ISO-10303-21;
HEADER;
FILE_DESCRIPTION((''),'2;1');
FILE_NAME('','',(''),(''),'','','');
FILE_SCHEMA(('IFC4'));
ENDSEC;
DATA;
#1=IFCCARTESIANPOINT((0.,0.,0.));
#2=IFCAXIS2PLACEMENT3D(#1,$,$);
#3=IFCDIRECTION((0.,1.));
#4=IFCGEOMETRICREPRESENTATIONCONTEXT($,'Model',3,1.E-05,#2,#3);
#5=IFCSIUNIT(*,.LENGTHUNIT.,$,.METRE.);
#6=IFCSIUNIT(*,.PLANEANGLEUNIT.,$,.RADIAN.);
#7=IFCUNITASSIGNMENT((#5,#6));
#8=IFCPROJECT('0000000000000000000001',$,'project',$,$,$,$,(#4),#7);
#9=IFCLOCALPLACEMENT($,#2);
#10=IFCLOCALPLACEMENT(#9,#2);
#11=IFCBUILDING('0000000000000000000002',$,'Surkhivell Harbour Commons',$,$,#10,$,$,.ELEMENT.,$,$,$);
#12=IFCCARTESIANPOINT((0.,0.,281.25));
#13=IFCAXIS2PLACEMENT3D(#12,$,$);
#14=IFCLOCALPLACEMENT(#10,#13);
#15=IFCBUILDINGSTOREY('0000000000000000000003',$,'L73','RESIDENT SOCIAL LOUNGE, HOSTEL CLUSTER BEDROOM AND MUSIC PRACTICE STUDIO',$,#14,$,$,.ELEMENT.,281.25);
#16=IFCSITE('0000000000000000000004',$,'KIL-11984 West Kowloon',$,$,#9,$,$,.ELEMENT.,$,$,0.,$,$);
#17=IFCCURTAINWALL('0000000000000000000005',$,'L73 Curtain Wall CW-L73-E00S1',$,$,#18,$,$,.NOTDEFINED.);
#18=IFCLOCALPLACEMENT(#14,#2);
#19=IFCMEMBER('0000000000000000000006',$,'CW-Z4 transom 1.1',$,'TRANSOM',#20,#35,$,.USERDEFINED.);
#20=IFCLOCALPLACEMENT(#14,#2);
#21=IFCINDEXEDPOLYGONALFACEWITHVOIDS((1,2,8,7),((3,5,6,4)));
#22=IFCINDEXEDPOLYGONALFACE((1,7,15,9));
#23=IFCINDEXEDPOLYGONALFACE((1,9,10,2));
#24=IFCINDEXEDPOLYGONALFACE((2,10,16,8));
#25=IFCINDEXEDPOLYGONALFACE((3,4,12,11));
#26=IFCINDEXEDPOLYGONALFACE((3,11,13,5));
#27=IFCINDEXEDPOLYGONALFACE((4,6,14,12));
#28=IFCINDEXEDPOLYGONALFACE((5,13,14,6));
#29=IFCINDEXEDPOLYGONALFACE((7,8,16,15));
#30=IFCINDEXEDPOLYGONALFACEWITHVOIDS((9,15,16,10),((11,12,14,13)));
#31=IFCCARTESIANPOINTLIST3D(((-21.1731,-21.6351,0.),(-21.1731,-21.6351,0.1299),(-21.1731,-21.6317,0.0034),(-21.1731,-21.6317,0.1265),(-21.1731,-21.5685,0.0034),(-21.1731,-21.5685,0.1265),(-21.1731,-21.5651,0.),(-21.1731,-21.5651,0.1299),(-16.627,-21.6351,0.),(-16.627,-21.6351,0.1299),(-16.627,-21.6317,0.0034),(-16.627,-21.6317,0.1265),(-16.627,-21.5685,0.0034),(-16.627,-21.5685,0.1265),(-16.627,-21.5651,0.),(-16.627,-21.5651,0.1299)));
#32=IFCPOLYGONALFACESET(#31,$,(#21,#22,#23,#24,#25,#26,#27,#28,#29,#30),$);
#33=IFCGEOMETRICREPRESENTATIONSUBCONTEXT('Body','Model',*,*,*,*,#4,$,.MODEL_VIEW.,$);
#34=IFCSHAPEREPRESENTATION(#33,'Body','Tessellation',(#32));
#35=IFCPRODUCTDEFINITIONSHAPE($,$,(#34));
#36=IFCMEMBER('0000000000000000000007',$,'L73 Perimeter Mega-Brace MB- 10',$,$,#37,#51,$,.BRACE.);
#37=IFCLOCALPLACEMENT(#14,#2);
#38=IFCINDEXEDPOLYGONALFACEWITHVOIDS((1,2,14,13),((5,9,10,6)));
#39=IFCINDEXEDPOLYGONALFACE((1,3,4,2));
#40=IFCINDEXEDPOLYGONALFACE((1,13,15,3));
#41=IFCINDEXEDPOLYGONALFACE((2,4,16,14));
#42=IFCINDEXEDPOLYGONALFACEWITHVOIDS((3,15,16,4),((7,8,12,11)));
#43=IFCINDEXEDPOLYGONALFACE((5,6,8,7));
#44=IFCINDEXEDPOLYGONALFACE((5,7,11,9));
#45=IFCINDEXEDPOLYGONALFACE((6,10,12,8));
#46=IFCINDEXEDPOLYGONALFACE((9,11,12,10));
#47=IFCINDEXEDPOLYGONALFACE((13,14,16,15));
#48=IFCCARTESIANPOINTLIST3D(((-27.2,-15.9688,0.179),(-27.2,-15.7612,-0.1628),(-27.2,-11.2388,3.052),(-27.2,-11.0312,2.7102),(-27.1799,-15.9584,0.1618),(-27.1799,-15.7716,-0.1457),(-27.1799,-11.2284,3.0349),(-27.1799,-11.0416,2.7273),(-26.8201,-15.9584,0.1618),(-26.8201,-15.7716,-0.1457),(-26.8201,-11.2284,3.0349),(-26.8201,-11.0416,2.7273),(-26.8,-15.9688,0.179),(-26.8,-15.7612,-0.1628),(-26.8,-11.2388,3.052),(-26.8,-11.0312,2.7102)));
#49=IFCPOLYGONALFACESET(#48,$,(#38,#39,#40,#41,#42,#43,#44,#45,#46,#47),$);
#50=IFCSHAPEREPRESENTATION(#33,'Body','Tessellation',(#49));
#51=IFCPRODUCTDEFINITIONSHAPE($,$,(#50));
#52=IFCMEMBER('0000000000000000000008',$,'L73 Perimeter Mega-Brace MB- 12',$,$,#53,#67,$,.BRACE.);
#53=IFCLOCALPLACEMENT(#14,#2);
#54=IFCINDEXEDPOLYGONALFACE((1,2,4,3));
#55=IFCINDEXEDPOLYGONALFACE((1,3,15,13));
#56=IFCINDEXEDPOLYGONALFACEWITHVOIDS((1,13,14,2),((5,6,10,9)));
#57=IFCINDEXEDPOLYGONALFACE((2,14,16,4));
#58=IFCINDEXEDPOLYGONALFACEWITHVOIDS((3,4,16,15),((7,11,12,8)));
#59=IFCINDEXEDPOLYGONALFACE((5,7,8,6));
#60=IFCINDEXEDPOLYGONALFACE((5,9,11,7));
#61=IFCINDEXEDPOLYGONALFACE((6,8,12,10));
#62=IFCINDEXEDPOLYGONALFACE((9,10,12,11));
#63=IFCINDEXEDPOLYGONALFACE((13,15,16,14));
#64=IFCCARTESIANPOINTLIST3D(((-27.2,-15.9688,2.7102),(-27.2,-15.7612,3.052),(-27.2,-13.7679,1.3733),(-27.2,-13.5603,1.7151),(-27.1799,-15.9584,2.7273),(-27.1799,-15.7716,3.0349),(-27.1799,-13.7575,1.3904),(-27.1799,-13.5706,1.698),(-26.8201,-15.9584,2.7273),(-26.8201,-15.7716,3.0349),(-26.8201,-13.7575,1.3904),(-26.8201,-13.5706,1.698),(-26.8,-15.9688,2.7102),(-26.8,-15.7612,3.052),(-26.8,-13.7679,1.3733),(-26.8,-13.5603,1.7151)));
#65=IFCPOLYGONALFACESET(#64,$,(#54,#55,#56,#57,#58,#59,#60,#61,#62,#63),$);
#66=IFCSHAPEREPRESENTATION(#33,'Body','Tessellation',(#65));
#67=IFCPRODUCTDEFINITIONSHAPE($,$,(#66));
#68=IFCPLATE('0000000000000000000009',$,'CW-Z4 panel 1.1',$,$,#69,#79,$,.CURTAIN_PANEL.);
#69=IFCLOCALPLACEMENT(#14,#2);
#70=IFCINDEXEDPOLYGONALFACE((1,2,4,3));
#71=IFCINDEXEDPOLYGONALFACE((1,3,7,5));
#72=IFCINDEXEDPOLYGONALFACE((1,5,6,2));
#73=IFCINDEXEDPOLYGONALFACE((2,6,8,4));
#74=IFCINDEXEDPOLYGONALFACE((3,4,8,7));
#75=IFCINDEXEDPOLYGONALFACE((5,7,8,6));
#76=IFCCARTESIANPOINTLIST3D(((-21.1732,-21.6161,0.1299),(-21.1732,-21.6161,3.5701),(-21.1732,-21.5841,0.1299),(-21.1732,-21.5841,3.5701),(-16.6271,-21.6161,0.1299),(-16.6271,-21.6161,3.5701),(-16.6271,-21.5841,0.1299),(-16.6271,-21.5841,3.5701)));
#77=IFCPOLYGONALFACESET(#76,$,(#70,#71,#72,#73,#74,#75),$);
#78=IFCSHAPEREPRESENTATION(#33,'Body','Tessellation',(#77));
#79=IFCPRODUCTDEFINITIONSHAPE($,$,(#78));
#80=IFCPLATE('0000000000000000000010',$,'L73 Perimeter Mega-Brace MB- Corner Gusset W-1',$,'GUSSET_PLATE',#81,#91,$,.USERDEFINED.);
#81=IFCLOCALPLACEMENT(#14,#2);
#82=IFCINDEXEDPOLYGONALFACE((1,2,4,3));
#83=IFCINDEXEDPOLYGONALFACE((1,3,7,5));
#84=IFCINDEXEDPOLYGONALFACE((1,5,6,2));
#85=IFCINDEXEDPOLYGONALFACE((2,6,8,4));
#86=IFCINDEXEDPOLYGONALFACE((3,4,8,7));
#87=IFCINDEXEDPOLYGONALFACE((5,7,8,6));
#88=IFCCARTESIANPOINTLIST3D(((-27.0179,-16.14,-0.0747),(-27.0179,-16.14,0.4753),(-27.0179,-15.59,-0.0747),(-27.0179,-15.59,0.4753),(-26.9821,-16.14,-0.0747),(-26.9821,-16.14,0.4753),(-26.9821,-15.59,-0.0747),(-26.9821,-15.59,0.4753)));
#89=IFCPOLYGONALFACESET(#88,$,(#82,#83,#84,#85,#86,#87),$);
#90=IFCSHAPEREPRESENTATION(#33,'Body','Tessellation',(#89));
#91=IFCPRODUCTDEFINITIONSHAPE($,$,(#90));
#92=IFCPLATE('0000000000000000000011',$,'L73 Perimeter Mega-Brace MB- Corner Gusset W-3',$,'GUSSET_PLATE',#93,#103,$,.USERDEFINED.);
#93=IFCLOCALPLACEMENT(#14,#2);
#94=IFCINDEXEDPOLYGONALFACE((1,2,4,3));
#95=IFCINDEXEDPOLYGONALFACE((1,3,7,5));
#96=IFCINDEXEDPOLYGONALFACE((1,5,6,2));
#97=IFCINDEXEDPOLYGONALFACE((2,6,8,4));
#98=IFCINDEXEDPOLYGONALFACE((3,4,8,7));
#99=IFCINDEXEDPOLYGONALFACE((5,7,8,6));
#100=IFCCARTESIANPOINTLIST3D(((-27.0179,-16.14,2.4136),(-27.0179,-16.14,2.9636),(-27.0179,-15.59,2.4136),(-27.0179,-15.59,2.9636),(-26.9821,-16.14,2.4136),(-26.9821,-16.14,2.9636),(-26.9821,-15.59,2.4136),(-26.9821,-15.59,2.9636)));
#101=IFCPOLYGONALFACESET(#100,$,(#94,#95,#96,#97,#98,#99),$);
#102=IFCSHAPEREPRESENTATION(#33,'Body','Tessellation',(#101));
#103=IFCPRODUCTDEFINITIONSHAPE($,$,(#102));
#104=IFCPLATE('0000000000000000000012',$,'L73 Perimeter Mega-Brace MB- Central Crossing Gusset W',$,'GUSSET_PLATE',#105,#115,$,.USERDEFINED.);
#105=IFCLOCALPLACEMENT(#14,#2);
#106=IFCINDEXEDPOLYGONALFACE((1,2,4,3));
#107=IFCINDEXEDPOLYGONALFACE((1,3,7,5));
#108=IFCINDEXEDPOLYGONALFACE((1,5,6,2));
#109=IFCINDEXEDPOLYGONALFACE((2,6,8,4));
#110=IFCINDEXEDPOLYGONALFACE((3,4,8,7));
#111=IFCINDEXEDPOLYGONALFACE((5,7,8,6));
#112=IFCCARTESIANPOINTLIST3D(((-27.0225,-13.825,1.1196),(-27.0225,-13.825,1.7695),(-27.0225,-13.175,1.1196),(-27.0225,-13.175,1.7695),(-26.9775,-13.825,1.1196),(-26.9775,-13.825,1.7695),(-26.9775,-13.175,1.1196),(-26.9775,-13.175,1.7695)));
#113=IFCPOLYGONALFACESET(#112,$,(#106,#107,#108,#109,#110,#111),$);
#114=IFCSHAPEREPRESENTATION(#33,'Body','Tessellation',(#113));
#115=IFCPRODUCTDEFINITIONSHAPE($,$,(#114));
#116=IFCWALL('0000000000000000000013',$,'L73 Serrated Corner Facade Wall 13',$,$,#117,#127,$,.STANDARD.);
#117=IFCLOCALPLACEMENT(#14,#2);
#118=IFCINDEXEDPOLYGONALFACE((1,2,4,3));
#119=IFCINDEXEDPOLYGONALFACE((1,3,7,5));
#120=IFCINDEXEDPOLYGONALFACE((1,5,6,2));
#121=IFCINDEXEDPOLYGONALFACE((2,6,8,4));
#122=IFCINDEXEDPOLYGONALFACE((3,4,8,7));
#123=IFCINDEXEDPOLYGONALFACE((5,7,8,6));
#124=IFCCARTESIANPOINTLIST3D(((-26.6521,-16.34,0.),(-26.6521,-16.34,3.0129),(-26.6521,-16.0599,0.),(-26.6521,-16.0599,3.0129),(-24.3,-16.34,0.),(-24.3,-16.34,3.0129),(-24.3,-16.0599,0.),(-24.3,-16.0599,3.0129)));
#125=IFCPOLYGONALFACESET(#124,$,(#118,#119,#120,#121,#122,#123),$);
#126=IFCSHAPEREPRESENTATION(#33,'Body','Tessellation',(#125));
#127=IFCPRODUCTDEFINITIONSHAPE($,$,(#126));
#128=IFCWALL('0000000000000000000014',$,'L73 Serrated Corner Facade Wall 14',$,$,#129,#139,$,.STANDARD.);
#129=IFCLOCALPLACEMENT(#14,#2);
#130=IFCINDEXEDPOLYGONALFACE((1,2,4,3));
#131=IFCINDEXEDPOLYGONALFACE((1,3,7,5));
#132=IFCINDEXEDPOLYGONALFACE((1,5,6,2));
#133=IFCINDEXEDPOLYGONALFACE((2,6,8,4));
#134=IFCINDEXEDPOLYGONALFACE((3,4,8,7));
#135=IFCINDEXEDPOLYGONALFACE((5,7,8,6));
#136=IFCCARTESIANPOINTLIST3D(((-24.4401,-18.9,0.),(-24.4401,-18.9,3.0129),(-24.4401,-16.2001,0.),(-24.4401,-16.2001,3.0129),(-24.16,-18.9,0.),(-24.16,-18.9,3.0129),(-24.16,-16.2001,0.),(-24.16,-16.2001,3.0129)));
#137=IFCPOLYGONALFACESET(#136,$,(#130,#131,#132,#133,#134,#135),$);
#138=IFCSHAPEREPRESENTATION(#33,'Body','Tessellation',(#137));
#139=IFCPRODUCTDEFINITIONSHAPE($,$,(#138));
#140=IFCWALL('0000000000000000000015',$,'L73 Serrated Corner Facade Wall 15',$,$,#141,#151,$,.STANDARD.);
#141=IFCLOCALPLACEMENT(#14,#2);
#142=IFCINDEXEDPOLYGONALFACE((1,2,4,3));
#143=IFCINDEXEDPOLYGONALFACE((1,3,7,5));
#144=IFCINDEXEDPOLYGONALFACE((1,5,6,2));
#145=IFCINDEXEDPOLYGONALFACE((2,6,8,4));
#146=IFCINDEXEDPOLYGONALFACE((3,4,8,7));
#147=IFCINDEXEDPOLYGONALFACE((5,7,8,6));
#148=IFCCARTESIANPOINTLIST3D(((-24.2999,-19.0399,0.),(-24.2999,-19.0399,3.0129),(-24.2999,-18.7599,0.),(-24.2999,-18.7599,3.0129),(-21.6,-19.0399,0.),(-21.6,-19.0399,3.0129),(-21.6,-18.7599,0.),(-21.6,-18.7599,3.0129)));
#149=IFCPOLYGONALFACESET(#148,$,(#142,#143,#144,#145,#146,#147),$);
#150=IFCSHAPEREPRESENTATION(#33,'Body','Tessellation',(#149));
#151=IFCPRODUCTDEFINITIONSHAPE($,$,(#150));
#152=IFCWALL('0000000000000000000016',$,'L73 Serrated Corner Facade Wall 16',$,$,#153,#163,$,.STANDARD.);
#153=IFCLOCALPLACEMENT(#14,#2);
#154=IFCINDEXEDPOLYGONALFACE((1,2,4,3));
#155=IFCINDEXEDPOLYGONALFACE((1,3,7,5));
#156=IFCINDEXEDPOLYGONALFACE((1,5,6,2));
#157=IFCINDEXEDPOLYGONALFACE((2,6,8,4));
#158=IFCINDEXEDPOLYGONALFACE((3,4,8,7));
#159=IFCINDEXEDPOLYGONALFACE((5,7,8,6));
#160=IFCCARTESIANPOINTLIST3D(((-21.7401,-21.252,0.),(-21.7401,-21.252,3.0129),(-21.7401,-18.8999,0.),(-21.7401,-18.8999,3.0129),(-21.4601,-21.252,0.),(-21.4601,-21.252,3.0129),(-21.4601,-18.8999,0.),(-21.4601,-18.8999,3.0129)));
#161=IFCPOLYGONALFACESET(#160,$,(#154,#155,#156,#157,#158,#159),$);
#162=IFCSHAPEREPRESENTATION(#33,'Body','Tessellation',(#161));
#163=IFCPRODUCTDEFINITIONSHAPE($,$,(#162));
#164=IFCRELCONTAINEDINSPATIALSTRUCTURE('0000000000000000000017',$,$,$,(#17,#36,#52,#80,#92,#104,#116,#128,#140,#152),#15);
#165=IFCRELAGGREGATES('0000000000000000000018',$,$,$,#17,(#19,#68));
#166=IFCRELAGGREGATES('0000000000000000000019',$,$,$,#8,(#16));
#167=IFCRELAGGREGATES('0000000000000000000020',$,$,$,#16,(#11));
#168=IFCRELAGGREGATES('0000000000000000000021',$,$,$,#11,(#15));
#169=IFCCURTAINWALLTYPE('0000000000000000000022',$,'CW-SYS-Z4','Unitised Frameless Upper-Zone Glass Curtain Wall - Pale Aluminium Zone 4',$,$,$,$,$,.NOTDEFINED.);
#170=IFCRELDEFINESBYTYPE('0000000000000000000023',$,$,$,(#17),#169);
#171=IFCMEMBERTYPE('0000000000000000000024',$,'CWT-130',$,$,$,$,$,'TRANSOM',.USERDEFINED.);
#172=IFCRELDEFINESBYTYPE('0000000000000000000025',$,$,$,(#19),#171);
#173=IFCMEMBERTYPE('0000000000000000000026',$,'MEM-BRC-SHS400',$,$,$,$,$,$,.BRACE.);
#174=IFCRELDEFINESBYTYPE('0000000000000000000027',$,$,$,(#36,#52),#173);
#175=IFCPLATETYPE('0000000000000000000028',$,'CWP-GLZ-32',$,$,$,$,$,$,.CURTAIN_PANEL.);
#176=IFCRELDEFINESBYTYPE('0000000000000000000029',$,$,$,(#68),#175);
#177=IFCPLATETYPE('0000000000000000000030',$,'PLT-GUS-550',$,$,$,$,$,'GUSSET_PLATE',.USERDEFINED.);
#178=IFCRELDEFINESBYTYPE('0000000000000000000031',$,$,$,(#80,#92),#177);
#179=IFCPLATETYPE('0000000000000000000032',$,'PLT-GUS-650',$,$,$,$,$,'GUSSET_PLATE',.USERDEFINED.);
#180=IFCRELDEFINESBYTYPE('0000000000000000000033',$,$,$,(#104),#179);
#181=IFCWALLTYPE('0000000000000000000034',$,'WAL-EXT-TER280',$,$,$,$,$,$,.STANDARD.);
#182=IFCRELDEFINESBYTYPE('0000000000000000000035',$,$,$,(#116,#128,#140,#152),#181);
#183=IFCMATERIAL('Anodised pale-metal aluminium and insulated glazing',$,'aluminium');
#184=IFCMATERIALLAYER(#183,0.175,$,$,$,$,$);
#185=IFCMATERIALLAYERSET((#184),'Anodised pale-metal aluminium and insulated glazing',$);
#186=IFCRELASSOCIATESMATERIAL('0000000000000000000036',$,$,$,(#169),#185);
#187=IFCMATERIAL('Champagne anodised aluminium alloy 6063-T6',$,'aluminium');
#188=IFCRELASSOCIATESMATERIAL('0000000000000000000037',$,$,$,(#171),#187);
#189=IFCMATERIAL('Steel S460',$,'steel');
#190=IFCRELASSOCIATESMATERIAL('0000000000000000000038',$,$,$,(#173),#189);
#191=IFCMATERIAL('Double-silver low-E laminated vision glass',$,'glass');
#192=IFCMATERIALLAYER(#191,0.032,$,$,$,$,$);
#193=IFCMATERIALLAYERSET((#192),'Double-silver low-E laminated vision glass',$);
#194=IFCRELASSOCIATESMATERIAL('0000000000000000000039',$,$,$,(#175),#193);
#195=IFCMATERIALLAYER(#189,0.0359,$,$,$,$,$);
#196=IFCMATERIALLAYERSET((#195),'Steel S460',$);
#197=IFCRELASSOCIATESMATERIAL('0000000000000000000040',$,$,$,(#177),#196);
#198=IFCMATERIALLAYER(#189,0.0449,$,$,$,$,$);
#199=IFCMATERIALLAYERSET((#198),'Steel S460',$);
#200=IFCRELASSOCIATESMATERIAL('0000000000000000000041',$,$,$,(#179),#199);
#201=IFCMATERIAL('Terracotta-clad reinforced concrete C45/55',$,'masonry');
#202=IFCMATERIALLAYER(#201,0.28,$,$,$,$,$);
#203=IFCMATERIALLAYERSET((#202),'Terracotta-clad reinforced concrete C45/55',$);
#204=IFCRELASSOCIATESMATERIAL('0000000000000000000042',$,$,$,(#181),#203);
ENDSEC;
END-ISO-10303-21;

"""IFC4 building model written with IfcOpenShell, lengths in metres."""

from ifc_helpers import new_model, si_unit, direction, frame, frame_2d, origin, origin_2d, place, context, subcontext, project, spatial, rectangle, hollow_rectangle, extrude, material, layer, layer_set, material_profile, profile_set, type_object, element, aggregate, save


model = new_model("IFC4")

# Units and contexts
model_context = context("Model", 3, precision=1e-05, world=origin(), true_north=direction((0.0, 1.0)))
body_context = subcontext(model_context, "Body", "Model", "MODEL_VIEW")
ifc_project = project(units=[si_unit("LENGTHUNIT", "METRE"), si_unit("PLANEANGLEUNIT", "RADIAN")], contexts=[model_context])

# Site, building, storey
site_placement = place(None, origin())
site = spatial("IfcSite", under=ifc_project, at=site_placement, Name="KIL-11984 West Kowloon", CompositionType="ELEMENT", RefElevation=0.0)
building_placement = place(site_placement, origin())
building = spatial("IfcBuilding", under=site, at=building_placement, Name="Surkhivell Harbour Commons", CompositionType="ELEMENT")
storey_placement = place(building_placement, frame((0.0, 0.0, 281.25)))
storey = spatial("IfcBuildingStorey", under=building, at=storey_placement, Name="L73", Description="RESIDENT SOCIAL LOUNGE, HOSTEL CLUSTER BEDROOM AND MUSIC PRACTICE STUDIO", CompositionType="ELEMENT", Elevation=281.25)

# Curtain wall, member
ifc_material_1 = material(Name="Anodised pale-metal aluminium and insulated glazing", Category="aluminium")
ifc_layer_1 = layer(ifc_material_1, 0.175)
ifc_layer_set_1 = layer_set([ifc_layer_1], Name="Anodised pale-metal aluminium and insulated glazing")
curtain_wall_type = type_object("IfcCurtainWallType", Name="CW-SYS-Z4", Description="Unitised Frameless Upper-Zone Glass Curtain Wall - Pale Aluminium Zone 4", PredefinedType="NOTDEFINED", material=ifc_layer_set_1)
curtain_wall_placement = place(storey_placement, origin())
curtain_wall = element("IfcCurtainWall", 1, at=curtain_wall_placement, inside=storey, type_object=curtain_wall_type, Name="L73 Curtain Wall CW-L73-E00S1", PredefinedType="NOTDEFINED")
ifc_material_2 = material(Name="Champagne anodised aluminium alloy 6063-T6", Category="aluminium")
ifc_material_profile_1 = material_profile(ifc_material_2, hollow_rectangle(XDim=0.0701, YDim=0.1299, WallThickness=0.0034, at=origin_2d()), Name="ALU-TRAN-70x130")
ifc_profile_set_1 = profile_set([ifc_material_profile_1], Name="Champagne anodised aluminium alloy 6063-T6")
member_type_1 = type_object("IfcMemberType", Name="CWT-130", ElementType="TRANSOM", PredefinedType="USERDEFINED", material=ifc_profile_set_1)
member_1_placement = place(storey_placement, frame((-21.1731, -21.6001, 0.0649), z_axis=(1.0, 0.0, 0.0), x_axis=(0.0, 1.0, 0.0)))
member_1 = element("IfcMember", 2, at=member_1_placement, type_object=member_type_1, Name="CW-Z4 transom 1.1", ObjectType="TRANSOM", PredefinedType="USERDEFINED", context=body_context, shape_type="SweptSolid", body=[
    extrude(hollow_rectangle(XDim=0.0701, YDim=0.1299, WallThickness=0.0034, at=origin_2d()), origin(), (0.0, 0.0, 1.0), 4.5461),
])

# Members
ifc_material_3 = material(Name="Steel S460", Category="steel")
ifc_material_profile_2 = material_profile(ifc_material_3, hollow_rectangle(XDim=0.3999, YDim=0.3999, WallThickness=0.02, at=origin_2d()), Name="SHS400x400x20")
ifc_profile_set_2 = profile_set([ifc_material_profile_2], Name="Steel S460")
member_type_2 = type_object("IfcMemberType", Name="MEM-BRC-SHS400", PredefinedType="BRACE", material=ifc_profile_set_2)
member_2_placement = place(storey_placement, frame((-27.0, -15.865, 0.0081), z_axis=(0.0, 0.854685, 0.519146), x_axis=(-1.0, 0.0, 0.0)))
element("IfcMember", 3, at=member_2_placement, inside=storey, type_object=member_type_2, Name="L73 Perimeter Mega-Brace MB- 10", PredefinedType="BRACE", context=body_context, shape_type="SweptSolid", body=[
    extrude(hollow_rectangle(XDim=0.3999, YDim=0.3999, WallThickness=0.02, at=origin_2d()), origin(), (0.0, 0.0, 1.0), 5.5342),
])
member_3_placement = place(storey_placement, frame((-27.0, -13.6641, 1.5442), z_axis=(0.0, -0.854678, 0.519159), x_axis=(1.0, 0.0, 0.0)))
element("IfcMember", 4, at=member_3_placement, inside=storey, type_object=member_type_2, Name="L73 Perimeter Mega-Brace MB- 12", PredefinedType="BRACE", context=body_context, shape_type="SweptSolid", body=[
    extrude(hollow_rectangle(XDim=0.3999, YDim=0.3999, WallThickness=0.02, at=origin_2d()), origin(), (0.0, 0.0, 1.0), 2.5752),
])

# Plate
ifc_material_4 = material(Name="Double-silver low-E laminated vision glass", Category="glass")
ifc_layer_2 = layer(ifc_material_4, 0.032)
ifc_layer_set_2 = layer_set([ifc_layer_2], Name="Double-silver low-E laminated vision glass")
plate_type_1 = type_object("IfcPlateType", Name="CWP-GLZ-32", PredefinedType="CURTAIN_PANEL", material=ifc_layer_set_2)
plate_1_placement = place(storey_placement, frame((-21.1731, -21.6001, 0.1299), z_axis=(0.0, 0.0, 1.0), x_axis=(1.0, 0.0, 0.0)))
plate_1 = element("IfcPlate", 5, at=plate_1_placement, type_object=plate_type_1, Name="CW-Z4 panel 1.1", PredefinedType="CURTAIN_PANEL", context=body_context, shape_type="SweptSolid", body=[
    extrude(rectangle(XDim=4.5461, YDim=0.032, at=frame_2d((2.2729, 0.0))), origin(), (0.0, 0.0, 1.0), 3.4402),
])
aggregate(curtain_wall, [member_1, plate_1])

# Plates
ifc_layer_3 = layer(ifc_material_3, 0.0359)
ifc_layer_set_3 = layer_set([ifc_layer_3], Name="Steel S460")
plate_type_2 = type_object("IfcPlateType", Name="PLT-GUS-550", ElementType="GUSSET_PLATE", PredefinedType="USERDEFINED", material=ifc_layer_set_3)
for number, where, z_axis, x_axis, name in (
    (6, (-27.0, -15.865, -0.0747), (0.0, 0.0, 1.0), (0.0, 1.0, 0.0), "L73 Perimeter Mega-Brace MB- Corner Gusset W-1"),
    (7, (-27.0, -15.865, 2.4136), (0.0, 0.0, 1.0), (0.0, 1.0, 0.0), "L73 Perimeter Mega-Brace MB- Corner Gusset W-3"),
):
    element("IfcPlate", number, at=place(storey_placement, frame(where, z_axis=z_axis, x_axis=x_axis)), inside=storey, type_object=plate_type_2, Name=name, ObjectType="GUSSET_PLATE", PredefinedType="USERDEFINED", context=body_context, shape_type="SweptSolid", body=[
        extrude(rectangle(XDim=0.55, YDim=0.0359, at=origin_2d()), origin(), (0.0, 0.0, 1.0), 0.55),
    ])
ifc_layer_4 = layer(ifc_material_3, 0.0449)
ifc_layer_set_4 = layer_set([ifc_layer_4], Name="Steel S460")
plate_type_3 = type_object("IfcPlateType", Name="PLT-GUS-650", ElementType="GUSSET_PLATE", PredefinedType="USERDEFINED", material=ifc_layer_set_4)
plate_2_placement = place(storey_placement, frame((-27.0, -13.5, 1.1196), z_axis=(0.0, 0.0, 1.0), x_axis=(0.0, 1.0, 0.0)))
element("IfcPlate", 8, at=plate_2_placement, inside=storey, type_object=plate_type_3, Name="L73 Perimeter Mega-Brace MB- Central Crossing Gusset W", ObjectType="GUSSET_PLATE", PredefinedType="USERDEFINED", context=body_context, shape_type="SweptSolid", body=[
    extrude(rectangle(XDim=0.6499, YDim=0.0449, at=origin_2d()), origin(), (0.0, 0.0, 1.0), 0.6499),
])

# Walls
ifc_material_5 = material(Name="Terracotta-clad reinforced concrete C45/55", Category="masonry")
ifc_layer_5 = layer(ifc_material_5, 0.28)
ifc_layer_set_5 = layer_set([ifc_layer_5], Name="Terracotta-clad reinforced concrete C45/55")
wall_type = type_object("IfcWallType", Name="WAL-EXT-TER280", PredefinedType="STANDARD", material=ifc_layer_set_5)
wall_1_placement = place(storey_placement, frame((-26.6521, -16.2, 0.0), z_axis=(0.0, 0.0, 1.0), x_axis=(1.0, 0.0, 0.0)))
element("IfcWall", 9, at=wall_1_placement, inside=storey, type_object=wall_type, Name="L73 Serrated Corner Facade Wall 13", PredefinedType="STANDARD", context=body_context, shape_type="SweptSolid", body=[
    extrude(rectangle(XDim=2.3521, YDim=0.28, at=frame_2d((1.176, 0.0))), origin(), (0.0, 0.0, 1.0), 3.0129),
])
for number, where, z_axis, x_axis, name in (
    (10, (-24.3, -16.2, 0.0), (0.0, 0.0, 1.0), (0.0, -1.0, 0.0), "L73 Serrated Corner Facade Wall 14"),
    (11, (-24.3, -18.8999, 0.0), (0.0, 0.0, 1.0), (1.0, 0.0, 0.0), "L73 Serrated Corner Facade Wall 15"),
):
    element("IfcWall", number, at=place(storey_placement, frame(where, z_axis=z_axis, x_axis=x_axis)), inside=storey, type_object=wall_type, Name=name, PredefinedType="STANDARD", context=body_context, shape_type="SweptSolid", body=[
        extrude(rectangle(XDim=2.7, YDim=0.28, at=frame_2d((1.3501, 0.0))), origin(), (0.0, 0.0, 1.0), 3.0129),
    ])
wall_2_placement = place(storey_placement, frame((-21.6001, -18.8999, 0.0), z_axis=(0.0, 0.0, 1.0), x_axis=(0.0, -1.0, 0.0)))
element("IfcWall", 12, at=wall_2_placement, inside=storey, type_object=wall_type, Name="L73 Serrated Corner Facade Wall 16", PredefinedType="STANDARD", context=body_context, shape_type="SweptSolid", body=[
    extrude(rectangle(XDim=2.3521, YDim=0.28, at=frame_2d((1.176, 0.0))), origin(), (0.0, 0.0, 1.0), 3.0129),
])

save(model, "model.ifc")
